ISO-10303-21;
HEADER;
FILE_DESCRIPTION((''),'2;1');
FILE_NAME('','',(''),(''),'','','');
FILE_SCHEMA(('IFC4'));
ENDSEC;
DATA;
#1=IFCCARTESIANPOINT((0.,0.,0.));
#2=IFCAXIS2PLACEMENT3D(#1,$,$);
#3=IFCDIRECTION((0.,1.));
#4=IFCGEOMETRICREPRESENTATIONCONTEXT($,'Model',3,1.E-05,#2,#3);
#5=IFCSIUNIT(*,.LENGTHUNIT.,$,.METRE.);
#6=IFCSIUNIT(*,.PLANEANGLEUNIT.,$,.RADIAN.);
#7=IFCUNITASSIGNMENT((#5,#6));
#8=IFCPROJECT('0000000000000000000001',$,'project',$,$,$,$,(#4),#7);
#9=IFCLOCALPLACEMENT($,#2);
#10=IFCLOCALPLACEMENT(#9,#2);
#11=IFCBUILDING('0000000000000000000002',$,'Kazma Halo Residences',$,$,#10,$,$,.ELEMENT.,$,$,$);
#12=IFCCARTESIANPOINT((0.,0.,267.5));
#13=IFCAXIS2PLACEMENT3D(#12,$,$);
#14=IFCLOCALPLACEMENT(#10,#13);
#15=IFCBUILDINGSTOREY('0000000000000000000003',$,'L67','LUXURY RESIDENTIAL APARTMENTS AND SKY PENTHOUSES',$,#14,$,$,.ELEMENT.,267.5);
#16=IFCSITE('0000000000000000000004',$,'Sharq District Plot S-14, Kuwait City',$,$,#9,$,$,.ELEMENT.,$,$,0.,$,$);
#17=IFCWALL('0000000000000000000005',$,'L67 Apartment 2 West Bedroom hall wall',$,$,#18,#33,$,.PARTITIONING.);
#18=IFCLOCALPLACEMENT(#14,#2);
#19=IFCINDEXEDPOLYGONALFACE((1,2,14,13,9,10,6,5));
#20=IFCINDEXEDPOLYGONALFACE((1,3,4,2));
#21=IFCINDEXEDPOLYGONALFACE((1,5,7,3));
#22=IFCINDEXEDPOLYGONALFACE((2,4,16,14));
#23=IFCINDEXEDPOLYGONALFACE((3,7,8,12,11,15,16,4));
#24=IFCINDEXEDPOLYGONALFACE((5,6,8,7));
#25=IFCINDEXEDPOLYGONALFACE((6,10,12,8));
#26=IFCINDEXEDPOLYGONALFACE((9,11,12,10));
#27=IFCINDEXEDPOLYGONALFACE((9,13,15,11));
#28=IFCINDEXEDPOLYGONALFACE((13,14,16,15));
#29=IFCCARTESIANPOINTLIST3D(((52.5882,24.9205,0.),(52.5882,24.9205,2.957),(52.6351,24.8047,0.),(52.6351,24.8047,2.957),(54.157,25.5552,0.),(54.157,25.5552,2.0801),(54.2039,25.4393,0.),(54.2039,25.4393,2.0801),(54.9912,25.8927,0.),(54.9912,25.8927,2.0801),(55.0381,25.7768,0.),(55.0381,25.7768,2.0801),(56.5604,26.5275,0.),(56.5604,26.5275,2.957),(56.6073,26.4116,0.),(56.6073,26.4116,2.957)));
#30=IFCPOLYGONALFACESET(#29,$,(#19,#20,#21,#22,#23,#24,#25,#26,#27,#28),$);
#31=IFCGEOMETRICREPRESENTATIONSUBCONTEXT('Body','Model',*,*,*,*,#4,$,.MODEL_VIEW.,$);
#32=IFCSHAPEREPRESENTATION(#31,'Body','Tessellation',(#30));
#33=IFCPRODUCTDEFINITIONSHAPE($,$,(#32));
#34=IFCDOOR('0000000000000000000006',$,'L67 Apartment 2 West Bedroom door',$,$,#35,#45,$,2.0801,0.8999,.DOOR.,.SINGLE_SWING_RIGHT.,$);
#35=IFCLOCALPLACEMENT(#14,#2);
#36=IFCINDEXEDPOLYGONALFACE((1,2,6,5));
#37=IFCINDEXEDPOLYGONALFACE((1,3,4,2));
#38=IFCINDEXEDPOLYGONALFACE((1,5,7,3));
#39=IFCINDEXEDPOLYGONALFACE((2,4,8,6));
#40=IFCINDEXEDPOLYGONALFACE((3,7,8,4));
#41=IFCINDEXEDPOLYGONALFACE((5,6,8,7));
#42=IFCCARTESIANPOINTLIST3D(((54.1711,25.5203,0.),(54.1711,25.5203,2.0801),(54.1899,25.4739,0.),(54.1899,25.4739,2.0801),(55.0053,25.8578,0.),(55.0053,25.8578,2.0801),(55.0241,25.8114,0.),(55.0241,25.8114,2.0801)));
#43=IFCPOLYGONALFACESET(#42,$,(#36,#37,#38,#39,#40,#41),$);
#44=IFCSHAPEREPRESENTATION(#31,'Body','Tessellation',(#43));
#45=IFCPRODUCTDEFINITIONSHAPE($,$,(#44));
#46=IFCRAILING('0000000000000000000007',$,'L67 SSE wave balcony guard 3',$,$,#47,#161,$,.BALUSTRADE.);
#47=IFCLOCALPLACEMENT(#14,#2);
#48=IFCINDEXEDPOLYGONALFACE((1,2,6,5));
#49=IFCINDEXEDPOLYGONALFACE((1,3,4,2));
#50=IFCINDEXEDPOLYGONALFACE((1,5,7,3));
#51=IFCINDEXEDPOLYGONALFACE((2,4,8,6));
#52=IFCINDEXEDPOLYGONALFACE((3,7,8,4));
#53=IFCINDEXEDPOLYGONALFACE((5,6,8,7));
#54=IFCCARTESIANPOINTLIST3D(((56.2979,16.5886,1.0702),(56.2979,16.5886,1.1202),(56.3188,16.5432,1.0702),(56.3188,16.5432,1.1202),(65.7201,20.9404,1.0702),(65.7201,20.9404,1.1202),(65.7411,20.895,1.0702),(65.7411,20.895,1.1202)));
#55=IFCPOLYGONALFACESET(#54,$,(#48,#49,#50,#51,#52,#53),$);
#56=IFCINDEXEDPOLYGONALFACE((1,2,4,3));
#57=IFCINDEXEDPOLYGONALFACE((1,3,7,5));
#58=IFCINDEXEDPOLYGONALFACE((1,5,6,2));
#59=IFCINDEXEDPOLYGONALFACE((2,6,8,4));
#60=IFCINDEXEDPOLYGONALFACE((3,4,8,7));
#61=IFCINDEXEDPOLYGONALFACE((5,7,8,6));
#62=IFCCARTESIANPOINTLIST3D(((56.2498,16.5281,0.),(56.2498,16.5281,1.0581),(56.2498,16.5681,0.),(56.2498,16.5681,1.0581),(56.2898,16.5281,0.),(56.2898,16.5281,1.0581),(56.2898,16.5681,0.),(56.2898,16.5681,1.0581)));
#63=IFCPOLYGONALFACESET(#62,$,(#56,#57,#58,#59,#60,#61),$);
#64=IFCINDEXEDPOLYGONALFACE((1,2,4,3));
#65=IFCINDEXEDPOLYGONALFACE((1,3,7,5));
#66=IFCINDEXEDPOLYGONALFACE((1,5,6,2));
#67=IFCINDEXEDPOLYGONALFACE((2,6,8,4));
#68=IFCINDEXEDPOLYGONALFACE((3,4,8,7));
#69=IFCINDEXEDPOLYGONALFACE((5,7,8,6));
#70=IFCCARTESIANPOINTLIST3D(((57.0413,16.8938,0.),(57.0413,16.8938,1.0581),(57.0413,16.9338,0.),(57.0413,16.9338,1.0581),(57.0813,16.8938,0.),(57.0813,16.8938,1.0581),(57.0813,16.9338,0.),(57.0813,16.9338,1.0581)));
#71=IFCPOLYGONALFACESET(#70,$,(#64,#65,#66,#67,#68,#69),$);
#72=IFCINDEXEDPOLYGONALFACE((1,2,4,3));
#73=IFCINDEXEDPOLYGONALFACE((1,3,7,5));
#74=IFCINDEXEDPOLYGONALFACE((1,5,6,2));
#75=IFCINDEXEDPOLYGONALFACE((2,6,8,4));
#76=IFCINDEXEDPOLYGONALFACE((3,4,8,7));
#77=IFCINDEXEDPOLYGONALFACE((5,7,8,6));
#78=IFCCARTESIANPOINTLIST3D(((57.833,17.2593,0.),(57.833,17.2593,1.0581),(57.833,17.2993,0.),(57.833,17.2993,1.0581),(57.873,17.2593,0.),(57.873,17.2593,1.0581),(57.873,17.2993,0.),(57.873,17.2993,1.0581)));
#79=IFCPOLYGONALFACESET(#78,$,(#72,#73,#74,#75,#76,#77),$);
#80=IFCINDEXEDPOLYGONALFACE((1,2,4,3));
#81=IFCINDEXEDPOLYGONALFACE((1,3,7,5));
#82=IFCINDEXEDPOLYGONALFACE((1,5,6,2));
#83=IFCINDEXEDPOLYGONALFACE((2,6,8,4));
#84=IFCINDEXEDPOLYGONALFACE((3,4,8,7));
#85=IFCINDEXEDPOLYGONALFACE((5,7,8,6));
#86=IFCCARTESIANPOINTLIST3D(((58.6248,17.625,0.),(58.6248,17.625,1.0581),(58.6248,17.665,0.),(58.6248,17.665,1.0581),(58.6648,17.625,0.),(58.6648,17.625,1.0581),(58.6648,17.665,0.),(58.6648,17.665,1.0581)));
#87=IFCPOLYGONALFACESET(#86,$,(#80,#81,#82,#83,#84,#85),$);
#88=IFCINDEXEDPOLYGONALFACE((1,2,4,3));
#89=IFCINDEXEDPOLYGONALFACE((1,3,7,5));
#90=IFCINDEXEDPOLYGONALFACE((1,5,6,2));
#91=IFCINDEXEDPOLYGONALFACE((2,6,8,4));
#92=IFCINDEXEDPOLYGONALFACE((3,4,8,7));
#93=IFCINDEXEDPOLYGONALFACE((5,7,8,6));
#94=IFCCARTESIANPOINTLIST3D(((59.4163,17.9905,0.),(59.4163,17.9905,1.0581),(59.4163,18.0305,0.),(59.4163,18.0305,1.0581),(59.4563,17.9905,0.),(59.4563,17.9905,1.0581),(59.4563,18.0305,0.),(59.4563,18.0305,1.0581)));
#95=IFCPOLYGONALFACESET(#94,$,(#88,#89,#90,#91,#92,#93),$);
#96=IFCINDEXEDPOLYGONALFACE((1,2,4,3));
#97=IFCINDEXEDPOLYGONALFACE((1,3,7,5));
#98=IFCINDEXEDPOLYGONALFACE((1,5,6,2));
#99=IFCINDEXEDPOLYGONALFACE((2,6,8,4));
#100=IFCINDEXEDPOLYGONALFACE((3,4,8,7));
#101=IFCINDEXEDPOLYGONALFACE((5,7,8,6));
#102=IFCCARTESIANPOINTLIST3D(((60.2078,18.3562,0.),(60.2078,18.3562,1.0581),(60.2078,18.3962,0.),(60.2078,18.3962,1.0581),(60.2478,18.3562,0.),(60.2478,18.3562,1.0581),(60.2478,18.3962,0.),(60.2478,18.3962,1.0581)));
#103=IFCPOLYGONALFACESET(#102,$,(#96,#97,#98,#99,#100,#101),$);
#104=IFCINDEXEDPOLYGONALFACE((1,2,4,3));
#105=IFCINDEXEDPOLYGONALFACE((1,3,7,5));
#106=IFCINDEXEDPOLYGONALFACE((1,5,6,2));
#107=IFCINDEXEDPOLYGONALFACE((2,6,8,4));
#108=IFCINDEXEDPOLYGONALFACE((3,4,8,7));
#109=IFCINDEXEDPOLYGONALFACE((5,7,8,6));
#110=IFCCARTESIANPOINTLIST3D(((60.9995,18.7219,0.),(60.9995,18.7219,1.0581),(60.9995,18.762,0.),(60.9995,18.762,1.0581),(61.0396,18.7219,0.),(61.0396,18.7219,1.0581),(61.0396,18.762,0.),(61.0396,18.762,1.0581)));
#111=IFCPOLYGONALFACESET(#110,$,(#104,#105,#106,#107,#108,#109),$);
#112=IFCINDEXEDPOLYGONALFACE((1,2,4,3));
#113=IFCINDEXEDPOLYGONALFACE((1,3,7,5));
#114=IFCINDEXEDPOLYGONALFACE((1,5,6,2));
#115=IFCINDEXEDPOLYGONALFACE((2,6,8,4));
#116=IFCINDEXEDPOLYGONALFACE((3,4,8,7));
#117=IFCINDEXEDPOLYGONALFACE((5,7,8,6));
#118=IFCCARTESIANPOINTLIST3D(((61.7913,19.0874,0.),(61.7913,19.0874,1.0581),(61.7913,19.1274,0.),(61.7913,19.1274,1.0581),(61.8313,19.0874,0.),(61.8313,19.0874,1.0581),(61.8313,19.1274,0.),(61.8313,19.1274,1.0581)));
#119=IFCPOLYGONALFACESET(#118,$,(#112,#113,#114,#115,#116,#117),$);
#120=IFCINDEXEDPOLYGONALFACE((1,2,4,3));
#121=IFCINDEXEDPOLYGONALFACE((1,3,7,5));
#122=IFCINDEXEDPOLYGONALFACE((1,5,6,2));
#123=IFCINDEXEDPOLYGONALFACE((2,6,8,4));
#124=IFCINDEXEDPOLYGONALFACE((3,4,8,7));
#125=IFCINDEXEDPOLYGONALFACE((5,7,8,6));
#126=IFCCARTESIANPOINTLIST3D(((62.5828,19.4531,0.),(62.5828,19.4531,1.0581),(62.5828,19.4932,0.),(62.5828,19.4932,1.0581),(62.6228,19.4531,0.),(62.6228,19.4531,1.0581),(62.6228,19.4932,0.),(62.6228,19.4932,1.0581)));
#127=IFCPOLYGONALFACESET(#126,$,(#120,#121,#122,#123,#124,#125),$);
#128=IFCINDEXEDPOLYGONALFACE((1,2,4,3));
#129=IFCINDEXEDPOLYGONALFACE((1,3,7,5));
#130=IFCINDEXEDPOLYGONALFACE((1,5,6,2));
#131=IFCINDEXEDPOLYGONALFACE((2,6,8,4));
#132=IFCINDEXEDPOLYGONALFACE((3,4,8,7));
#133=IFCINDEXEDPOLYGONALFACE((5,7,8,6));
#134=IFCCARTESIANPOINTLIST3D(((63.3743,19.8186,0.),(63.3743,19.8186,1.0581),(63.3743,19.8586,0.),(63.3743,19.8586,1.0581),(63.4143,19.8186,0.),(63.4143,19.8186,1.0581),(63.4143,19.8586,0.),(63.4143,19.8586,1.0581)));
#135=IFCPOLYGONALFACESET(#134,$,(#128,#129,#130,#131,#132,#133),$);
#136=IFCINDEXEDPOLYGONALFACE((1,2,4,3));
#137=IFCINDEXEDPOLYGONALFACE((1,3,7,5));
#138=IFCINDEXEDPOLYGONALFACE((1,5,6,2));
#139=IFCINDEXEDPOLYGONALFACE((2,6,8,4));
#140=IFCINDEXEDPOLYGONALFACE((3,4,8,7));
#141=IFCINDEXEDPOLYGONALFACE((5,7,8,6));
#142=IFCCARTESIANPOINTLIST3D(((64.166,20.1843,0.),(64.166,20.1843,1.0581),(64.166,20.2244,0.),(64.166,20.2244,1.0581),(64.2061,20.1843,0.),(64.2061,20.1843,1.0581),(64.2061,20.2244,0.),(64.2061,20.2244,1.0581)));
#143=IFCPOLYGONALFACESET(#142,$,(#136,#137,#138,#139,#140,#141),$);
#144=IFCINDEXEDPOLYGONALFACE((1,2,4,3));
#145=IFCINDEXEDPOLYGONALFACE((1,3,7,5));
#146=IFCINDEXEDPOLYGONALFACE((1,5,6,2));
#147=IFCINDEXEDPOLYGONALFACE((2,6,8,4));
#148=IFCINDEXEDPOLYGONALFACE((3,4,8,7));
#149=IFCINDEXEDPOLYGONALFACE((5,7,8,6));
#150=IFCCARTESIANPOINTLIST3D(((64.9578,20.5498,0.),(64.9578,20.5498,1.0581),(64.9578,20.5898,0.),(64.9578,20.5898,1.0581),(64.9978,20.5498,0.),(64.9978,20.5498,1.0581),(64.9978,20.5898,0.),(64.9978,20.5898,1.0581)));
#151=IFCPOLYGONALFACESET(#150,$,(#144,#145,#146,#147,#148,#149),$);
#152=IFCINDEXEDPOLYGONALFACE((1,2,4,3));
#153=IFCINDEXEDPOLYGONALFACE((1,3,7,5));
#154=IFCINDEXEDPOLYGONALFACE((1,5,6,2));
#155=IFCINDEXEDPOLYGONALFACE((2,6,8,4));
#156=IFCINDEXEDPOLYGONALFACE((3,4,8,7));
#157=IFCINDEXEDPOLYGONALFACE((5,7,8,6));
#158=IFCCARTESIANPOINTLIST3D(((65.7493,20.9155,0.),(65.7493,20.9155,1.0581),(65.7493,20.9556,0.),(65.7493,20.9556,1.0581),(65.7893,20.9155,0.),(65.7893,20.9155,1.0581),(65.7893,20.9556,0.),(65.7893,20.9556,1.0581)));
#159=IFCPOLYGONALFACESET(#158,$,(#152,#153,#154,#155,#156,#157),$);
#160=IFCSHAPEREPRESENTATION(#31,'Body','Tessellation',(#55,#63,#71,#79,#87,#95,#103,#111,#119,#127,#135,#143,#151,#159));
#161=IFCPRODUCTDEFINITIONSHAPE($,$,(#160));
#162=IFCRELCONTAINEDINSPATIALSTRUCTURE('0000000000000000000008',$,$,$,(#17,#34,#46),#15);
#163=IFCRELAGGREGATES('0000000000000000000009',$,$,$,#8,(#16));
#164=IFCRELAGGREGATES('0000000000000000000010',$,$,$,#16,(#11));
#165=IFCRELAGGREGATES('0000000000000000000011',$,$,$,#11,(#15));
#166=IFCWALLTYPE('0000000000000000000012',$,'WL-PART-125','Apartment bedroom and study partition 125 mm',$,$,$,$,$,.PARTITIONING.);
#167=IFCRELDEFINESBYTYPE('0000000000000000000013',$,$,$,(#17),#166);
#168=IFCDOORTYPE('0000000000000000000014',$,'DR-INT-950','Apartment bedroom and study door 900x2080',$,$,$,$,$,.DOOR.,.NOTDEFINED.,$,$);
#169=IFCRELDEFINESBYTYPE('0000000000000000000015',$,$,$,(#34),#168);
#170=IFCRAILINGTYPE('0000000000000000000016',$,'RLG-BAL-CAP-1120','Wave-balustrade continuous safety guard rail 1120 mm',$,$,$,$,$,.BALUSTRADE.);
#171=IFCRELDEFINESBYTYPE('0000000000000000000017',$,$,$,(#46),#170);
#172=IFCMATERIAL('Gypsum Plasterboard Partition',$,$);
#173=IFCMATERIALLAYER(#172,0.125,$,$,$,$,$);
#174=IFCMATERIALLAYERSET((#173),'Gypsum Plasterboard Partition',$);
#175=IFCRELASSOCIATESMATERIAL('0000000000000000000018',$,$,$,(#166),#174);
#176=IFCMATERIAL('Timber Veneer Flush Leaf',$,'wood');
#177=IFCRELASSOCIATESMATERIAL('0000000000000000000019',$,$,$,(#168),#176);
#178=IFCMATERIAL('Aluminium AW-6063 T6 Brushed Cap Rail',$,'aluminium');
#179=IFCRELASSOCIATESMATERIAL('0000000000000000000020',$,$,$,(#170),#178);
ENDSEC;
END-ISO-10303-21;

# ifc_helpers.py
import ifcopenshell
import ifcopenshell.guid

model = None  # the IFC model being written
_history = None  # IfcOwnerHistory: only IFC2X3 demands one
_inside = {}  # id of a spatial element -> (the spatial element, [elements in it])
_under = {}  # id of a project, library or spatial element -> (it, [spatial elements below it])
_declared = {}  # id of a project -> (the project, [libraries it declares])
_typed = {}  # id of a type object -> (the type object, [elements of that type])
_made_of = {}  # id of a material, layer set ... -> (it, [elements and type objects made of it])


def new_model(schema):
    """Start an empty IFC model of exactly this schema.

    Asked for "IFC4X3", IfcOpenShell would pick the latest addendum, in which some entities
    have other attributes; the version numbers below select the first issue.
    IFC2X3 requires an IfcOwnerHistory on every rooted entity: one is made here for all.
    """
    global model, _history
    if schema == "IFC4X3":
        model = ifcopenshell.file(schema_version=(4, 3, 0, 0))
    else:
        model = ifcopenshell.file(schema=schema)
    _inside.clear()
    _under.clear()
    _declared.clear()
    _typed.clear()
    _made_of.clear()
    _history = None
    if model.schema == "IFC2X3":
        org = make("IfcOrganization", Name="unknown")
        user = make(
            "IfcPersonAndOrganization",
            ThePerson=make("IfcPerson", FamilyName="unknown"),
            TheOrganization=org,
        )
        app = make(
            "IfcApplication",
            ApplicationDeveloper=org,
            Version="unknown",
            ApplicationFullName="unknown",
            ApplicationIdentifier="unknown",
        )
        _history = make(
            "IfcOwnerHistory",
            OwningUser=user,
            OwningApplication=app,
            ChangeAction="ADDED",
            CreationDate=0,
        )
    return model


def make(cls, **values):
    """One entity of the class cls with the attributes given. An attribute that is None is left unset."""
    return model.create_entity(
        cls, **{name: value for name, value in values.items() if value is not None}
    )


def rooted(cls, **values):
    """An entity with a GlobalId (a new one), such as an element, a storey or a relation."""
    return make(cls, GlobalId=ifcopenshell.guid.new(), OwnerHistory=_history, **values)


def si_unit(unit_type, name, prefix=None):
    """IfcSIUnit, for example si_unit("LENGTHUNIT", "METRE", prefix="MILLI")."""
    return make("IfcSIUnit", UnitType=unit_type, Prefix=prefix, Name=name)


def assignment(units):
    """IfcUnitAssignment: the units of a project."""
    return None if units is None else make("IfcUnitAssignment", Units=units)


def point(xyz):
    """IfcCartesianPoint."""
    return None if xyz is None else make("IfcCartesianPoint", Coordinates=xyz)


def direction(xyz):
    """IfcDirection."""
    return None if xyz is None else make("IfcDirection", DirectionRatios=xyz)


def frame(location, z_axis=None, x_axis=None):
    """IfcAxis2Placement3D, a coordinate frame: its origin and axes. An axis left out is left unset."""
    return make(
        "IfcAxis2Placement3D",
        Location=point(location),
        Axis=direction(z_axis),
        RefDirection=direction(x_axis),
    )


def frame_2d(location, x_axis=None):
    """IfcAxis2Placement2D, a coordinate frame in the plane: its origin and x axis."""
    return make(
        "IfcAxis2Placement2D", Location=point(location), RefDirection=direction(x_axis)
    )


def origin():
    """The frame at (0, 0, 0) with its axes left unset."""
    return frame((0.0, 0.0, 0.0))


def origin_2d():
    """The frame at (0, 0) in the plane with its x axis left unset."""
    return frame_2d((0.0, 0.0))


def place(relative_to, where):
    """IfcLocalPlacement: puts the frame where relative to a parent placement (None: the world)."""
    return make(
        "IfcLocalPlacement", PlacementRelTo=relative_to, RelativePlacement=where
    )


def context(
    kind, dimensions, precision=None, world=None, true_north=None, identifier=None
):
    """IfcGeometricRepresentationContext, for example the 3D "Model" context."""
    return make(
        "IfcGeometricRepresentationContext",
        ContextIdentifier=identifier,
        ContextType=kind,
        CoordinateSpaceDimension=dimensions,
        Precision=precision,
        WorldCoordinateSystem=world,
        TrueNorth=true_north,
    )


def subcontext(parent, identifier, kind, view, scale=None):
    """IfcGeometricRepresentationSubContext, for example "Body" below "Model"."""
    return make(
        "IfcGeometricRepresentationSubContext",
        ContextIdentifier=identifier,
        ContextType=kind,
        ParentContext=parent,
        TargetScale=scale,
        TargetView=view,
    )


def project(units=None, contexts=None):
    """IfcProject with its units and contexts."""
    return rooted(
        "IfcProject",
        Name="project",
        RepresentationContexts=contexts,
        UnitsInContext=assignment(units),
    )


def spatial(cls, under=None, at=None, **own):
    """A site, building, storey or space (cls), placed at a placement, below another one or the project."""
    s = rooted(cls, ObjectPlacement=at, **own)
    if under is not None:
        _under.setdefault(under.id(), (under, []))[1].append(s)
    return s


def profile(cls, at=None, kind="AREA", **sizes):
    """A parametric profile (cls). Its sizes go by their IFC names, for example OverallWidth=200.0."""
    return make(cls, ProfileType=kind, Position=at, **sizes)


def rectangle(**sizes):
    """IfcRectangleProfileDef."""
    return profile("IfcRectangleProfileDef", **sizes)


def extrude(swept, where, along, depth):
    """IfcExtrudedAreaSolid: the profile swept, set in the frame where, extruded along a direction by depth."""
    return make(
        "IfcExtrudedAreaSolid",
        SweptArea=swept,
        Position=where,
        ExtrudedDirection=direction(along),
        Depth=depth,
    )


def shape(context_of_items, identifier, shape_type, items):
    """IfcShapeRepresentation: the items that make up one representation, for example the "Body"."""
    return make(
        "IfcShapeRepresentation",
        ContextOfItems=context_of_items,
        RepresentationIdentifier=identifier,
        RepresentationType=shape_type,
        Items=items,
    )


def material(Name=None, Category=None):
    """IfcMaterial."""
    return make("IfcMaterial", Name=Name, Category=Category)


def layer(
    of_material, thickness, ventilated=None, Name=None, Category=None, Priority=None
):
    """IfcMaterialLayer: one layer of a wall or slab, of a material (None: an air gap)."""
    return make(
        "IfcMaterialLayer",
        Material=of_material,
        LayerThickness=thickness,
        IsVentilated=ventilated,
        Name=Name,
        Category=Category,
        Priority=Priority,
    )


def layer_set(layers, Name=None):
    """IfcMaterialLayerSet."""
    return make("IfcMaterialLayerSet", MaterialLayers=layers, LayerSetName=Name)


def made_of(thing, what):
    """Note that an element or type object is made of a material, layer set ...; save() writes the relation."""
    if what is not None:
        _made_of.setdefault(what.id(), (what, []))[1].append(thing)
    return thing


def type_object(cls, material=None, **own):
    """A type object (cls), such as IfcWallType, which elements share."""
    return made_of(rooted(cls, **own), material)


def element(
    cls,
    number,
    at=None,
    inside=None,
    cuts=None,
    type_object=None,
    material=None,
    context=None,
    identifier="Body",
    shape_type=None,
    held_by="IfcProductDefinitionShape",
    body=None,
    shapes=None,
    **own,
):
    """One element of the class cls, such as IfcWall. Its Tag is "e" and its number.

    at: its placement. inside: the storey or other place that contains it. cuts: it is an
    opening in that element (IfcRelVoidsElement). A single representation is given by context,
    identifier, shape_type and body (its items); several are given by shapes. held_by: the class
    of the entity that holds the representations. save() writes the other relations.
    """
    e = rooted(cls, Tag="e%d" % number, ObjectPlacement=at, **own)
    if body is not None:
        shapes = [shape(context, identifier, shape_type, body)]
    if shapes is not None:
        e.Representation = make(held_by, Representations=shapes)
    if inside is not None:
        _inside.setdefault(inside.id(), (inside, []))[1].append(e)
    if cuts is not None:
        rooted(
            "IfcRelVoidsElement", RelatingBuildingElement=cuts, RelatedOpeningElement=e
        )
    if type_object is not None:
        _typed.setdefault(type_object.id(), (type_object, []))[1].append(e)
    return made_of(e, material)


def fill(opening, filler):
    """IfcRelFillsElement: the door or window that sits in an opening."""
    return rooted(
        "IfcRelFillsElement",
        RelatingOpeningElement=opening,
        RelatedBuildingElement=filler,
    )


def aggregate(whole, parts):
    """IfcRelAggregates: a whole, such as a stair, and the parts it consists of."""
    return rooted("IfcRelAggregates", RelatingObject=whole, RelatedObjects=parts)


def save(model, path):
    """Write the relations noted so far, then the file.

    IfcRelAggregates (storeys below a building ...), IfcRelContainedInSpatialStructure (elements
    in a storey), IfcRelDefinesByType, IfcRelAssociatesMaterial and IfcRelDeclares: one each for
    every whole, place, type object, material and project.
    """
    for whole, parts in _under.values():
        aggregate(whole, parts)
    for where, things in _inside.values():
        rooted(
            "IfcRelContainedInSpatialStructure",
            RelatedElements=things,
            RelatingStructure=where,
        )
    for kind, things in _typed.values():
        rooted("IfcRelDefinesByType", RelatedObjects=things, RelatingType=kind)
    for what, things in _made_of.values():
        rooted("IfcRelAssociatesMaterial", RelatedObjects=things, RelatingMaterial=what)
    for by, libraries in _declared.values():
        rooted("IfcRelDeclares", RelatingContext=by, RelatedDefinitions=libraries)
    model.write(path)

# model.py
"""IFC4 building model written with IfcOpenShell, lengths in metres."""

from ifc_helpers import new_model, si_unit, direction, frame, frame_2d, origin, origin_2d, place, context, subcontext, project, spatial, rectangle, extrude, material, layer, layer_set, type_object, element, fill, save


model = new_model("IFC4")

# Units and contexts
model_context = context("Model", 3, precision=1e-05, world=origin(), true_north=direction((0.0, 1.0)))
body_context = subcontext(model_context, "Body", "Model", "MODEL_VIEW")
ifc_project = project(units=[si_unit("LENGTHUNIT", "METRE"), si_unit("PLANEANGLEUNIT", "RADIAN")], contexts=[model_context])

# Site, building, storey
site_placement = place(None, origin())
site = spatial("IfcSite", under=ifc_project, at=site_placement, Name="Sharq District Plot S-14, Kuwait City", CompositionType="ELEMENT", RefElevation=0.0)
building_placement = place(site_placement, origin())
building = spatial("IfcBuilding", under=site, at=building_placement, Name="Kazma Halo Residences", CompositionType="ELEMENT")
storey_placement = place(building_placement, frame((0.0, 0.0, 267.5)))
storey = spatial("IfcBuildingStorey", under=building, at=storey_placement, Name="L67", Description="LUXURY RESIDENTIAL APARTMENTS AND SKY PENTHOUSES", CompositionType="ELEMENT", Elevation=267.5)

# Shared definitions
ifc_material_1 = material(Name="Gypsum Plasterboard Partition")
ifc_layer_1 = layer(ifc_material_1, 0.125)
ifc_layer_set_1 = layer_set([ifc_layer_1], Name="Gypsum Plasterboard Partition")
wall_type_1 = type_object("IfcWallType", Name="WL-PART-125", Description="Apartment bedroom and study partition 125 mm", PredefinedType="PARTITIONING", material=ifc_layer_set_1)

# Wall, opening, door
wall_1_placement = place(storey_placement, frame((52.6116, 24.8625, 0.0), z_axis=(0.0, 0.0, 1.0), x_axis=(0.927016, 0.375023, 0.0)))
wall_1 = element("IfcWall", 1, at=wall_1_placement, inside=storey, type_object=wall_type_1, Name="L67 Apartment 2 West Bedroom hall wall", PredefinedType="PARTITIONING", context=body_context, shape_type="SweptSolid", body=[
    extrude(rectangle(XDim=4.2849, YDim=0.125, at=frame_2d((2.1426, 0.0))), origin(), (0.0, 0.0, 1.0), 2.957),
])
opening_1_placement = place(wall_1_placement, frame((1.6924, 0.0, 0.0)))
opening_1 = element("IfcOpeningElement", 2, at=opening_1_placement, cuts=wall_1, PredefinedType="OPENING", context=body_context, shape_type="SweptSolid", body=[
    extrude(rectangle(XDim=0.8999, YDim=2.0801, at=frame_2d((0.45, 1.04))), frame((0.0, 0.0725, 0.0), z_axis=(0.0, -1.0, 0.0), x_axis=(1.0, 0.0, 0.0)), (0.0, 0.0, 1.0), 0.145),
])
ifc_material_2 = material(Name="Timber Veneer Flush Leaf", Category="wood")
door_type_1 = type_object("IfcDoorType", Name="DR-INT-950", Description="Apartment bedroom and study door 900x2080", OperationType="NOTDEFINED", PredefinedType="DOOR", material=ifc_material_2)
door_1_placement = place(opening_1_placement, origin())
door_1 = element("IfcDoor", 3, at=door_1_placement, inside=storey, type_object=door_type_1, Name="L67 Apartment 2 West Bedroom door", OperationType="SINGLE_SWING_RIGHT", OverallHeight=2.0801, OverallWidth=0.8999, PredefinedType="DOOR", context=body_context, shape_type="SweptSolid", body=[
    extrude(rectangle(XDim=0.8999, YDim=2.0801, at=frame_2d((0.45, 1.04))), frame((0.0, 0.0249, 0.0), z_axis=(0.0, -1.0, 0.0), x_axis=(1.0, 0.0, 0.0)), (0.0, 0.0, 1.0), 0.05),
])
fill(opening_1, door_1)

# Railing
ifc_material_3 = material(Name="Aluminium AW-6063 T6 Brushed Cap Rail", Category="aluminium")
railing_type = type_object("IfcRailingType", Name="RLG-BAL-CAP-1120", Description="Wave-balustrade continuous safety guard rail 1120 mm", PredefinedType="BALUSTRADE", material=ifc_material_3)
railing_placement = place(storey_placement, frame((56.2698, 16.5481, 0.0)))
element("IfcRailing", 4, at=railing_placement, inside=storey, type_object=railing_type, Name="L67 SSE wave balcony guard 3", PredefinedType="BALUSTRADE", context=body_context, shape_type="SweptSolid", body=[
    extrude(rectangle(XDim=0.05, YDim=0.05, at=origin_2d()), frame((0.0386, 0.0178, 1.0952), z_axis=(0.907848, 0.419299, 0.0), x_axis=(-0.419299, 0.907848, 0.0)), (0.0, 0.0, 1.0), 10.3787),
    extrude(rectangle(XDim=0.04, YDim=0.04, at=origin_2d()), origin(), (0.0, 0.0, 1.0), 1.0581),
    extrude(rectangle(XDim=0.04, YDim=0.04, at=origin_2d()), frame((0.7915, 0.3657, 0.0)), (0.0, 0.0, 1.0), 1.0581),
    extrude(rectangle(XDim=0.04, YDim=0.04, at=origin_2d()), frame((1.5833, 0.7312, 0.0)), (0.0, 0.0, 1.0), 1.0581),
    extrude(rectangle(XDim=0.04, YDim=0.04, at=origin_2d()), frame((2.375, 1.0969, 0.0)), (0.0, 0.0, 1.0), 1.0581),
    extrude(rectangle(XDim=0.04, YDim=0.04, at=origin_2d()), frame((3.1665, 1.4624, 0.0)), (0.0, 0.0, 1.0), 1.0581),
    extrude(rectangle(XDim=0.04, YDim=0.04, at=origin_2d()), frame((3.958, 1.8281, 0.0)), (0.0, 0.0, 1.0), 1.0581),
    extrude(rectangle(XDim=0.04, YDim=0.04, at=origin_2d()), frame((4.7498, 2.1938, 0.0)), (0.0, 0.0, 1.0), 1.0581),
    extrude(rectangle(XDim=0.04, YDim=0.04, at=origin_2d()), frame((5.5415, 2.5593, 0.0)), (0.0, 0.0, 1.0), 1.0581),
    extrude(rectangle(XDim=0.04, YDim=0.04, at=origin_2d()), frame((6.333, 2.925, 0.0)), (0.0, 0.0, 1.0), 1.0581),
    extrude(rectangle(XDim=0.04, YDim=0.04, at=origin_2d()), frame((7.1245, 3.2905, 0.0)), (0.0, 0.0, 1.0), 1.0581),
    extrude(rectangle(XDim=0.04, YDim=0.04, at=origin_2d()), frame((7.9163, 3.6562, 0.0)), (0.0, 0.0, 1.0), 1.0581),
    extrude(rectangle(XDim=0.04, YDim=0.04, at=origin_2d()), frame((8.708, 4.0217, 0.0)), (0.0, 0.0, 1.0), 1.0581),
    extrude(rectangle(XDim=0.04, YDim=0.04, at=origin_2d()), frame((9.4995, 4.3875, 0.0)), (0.0, 0.0, 1.0), 1.0581),
])

save(model, "model.ifc")
